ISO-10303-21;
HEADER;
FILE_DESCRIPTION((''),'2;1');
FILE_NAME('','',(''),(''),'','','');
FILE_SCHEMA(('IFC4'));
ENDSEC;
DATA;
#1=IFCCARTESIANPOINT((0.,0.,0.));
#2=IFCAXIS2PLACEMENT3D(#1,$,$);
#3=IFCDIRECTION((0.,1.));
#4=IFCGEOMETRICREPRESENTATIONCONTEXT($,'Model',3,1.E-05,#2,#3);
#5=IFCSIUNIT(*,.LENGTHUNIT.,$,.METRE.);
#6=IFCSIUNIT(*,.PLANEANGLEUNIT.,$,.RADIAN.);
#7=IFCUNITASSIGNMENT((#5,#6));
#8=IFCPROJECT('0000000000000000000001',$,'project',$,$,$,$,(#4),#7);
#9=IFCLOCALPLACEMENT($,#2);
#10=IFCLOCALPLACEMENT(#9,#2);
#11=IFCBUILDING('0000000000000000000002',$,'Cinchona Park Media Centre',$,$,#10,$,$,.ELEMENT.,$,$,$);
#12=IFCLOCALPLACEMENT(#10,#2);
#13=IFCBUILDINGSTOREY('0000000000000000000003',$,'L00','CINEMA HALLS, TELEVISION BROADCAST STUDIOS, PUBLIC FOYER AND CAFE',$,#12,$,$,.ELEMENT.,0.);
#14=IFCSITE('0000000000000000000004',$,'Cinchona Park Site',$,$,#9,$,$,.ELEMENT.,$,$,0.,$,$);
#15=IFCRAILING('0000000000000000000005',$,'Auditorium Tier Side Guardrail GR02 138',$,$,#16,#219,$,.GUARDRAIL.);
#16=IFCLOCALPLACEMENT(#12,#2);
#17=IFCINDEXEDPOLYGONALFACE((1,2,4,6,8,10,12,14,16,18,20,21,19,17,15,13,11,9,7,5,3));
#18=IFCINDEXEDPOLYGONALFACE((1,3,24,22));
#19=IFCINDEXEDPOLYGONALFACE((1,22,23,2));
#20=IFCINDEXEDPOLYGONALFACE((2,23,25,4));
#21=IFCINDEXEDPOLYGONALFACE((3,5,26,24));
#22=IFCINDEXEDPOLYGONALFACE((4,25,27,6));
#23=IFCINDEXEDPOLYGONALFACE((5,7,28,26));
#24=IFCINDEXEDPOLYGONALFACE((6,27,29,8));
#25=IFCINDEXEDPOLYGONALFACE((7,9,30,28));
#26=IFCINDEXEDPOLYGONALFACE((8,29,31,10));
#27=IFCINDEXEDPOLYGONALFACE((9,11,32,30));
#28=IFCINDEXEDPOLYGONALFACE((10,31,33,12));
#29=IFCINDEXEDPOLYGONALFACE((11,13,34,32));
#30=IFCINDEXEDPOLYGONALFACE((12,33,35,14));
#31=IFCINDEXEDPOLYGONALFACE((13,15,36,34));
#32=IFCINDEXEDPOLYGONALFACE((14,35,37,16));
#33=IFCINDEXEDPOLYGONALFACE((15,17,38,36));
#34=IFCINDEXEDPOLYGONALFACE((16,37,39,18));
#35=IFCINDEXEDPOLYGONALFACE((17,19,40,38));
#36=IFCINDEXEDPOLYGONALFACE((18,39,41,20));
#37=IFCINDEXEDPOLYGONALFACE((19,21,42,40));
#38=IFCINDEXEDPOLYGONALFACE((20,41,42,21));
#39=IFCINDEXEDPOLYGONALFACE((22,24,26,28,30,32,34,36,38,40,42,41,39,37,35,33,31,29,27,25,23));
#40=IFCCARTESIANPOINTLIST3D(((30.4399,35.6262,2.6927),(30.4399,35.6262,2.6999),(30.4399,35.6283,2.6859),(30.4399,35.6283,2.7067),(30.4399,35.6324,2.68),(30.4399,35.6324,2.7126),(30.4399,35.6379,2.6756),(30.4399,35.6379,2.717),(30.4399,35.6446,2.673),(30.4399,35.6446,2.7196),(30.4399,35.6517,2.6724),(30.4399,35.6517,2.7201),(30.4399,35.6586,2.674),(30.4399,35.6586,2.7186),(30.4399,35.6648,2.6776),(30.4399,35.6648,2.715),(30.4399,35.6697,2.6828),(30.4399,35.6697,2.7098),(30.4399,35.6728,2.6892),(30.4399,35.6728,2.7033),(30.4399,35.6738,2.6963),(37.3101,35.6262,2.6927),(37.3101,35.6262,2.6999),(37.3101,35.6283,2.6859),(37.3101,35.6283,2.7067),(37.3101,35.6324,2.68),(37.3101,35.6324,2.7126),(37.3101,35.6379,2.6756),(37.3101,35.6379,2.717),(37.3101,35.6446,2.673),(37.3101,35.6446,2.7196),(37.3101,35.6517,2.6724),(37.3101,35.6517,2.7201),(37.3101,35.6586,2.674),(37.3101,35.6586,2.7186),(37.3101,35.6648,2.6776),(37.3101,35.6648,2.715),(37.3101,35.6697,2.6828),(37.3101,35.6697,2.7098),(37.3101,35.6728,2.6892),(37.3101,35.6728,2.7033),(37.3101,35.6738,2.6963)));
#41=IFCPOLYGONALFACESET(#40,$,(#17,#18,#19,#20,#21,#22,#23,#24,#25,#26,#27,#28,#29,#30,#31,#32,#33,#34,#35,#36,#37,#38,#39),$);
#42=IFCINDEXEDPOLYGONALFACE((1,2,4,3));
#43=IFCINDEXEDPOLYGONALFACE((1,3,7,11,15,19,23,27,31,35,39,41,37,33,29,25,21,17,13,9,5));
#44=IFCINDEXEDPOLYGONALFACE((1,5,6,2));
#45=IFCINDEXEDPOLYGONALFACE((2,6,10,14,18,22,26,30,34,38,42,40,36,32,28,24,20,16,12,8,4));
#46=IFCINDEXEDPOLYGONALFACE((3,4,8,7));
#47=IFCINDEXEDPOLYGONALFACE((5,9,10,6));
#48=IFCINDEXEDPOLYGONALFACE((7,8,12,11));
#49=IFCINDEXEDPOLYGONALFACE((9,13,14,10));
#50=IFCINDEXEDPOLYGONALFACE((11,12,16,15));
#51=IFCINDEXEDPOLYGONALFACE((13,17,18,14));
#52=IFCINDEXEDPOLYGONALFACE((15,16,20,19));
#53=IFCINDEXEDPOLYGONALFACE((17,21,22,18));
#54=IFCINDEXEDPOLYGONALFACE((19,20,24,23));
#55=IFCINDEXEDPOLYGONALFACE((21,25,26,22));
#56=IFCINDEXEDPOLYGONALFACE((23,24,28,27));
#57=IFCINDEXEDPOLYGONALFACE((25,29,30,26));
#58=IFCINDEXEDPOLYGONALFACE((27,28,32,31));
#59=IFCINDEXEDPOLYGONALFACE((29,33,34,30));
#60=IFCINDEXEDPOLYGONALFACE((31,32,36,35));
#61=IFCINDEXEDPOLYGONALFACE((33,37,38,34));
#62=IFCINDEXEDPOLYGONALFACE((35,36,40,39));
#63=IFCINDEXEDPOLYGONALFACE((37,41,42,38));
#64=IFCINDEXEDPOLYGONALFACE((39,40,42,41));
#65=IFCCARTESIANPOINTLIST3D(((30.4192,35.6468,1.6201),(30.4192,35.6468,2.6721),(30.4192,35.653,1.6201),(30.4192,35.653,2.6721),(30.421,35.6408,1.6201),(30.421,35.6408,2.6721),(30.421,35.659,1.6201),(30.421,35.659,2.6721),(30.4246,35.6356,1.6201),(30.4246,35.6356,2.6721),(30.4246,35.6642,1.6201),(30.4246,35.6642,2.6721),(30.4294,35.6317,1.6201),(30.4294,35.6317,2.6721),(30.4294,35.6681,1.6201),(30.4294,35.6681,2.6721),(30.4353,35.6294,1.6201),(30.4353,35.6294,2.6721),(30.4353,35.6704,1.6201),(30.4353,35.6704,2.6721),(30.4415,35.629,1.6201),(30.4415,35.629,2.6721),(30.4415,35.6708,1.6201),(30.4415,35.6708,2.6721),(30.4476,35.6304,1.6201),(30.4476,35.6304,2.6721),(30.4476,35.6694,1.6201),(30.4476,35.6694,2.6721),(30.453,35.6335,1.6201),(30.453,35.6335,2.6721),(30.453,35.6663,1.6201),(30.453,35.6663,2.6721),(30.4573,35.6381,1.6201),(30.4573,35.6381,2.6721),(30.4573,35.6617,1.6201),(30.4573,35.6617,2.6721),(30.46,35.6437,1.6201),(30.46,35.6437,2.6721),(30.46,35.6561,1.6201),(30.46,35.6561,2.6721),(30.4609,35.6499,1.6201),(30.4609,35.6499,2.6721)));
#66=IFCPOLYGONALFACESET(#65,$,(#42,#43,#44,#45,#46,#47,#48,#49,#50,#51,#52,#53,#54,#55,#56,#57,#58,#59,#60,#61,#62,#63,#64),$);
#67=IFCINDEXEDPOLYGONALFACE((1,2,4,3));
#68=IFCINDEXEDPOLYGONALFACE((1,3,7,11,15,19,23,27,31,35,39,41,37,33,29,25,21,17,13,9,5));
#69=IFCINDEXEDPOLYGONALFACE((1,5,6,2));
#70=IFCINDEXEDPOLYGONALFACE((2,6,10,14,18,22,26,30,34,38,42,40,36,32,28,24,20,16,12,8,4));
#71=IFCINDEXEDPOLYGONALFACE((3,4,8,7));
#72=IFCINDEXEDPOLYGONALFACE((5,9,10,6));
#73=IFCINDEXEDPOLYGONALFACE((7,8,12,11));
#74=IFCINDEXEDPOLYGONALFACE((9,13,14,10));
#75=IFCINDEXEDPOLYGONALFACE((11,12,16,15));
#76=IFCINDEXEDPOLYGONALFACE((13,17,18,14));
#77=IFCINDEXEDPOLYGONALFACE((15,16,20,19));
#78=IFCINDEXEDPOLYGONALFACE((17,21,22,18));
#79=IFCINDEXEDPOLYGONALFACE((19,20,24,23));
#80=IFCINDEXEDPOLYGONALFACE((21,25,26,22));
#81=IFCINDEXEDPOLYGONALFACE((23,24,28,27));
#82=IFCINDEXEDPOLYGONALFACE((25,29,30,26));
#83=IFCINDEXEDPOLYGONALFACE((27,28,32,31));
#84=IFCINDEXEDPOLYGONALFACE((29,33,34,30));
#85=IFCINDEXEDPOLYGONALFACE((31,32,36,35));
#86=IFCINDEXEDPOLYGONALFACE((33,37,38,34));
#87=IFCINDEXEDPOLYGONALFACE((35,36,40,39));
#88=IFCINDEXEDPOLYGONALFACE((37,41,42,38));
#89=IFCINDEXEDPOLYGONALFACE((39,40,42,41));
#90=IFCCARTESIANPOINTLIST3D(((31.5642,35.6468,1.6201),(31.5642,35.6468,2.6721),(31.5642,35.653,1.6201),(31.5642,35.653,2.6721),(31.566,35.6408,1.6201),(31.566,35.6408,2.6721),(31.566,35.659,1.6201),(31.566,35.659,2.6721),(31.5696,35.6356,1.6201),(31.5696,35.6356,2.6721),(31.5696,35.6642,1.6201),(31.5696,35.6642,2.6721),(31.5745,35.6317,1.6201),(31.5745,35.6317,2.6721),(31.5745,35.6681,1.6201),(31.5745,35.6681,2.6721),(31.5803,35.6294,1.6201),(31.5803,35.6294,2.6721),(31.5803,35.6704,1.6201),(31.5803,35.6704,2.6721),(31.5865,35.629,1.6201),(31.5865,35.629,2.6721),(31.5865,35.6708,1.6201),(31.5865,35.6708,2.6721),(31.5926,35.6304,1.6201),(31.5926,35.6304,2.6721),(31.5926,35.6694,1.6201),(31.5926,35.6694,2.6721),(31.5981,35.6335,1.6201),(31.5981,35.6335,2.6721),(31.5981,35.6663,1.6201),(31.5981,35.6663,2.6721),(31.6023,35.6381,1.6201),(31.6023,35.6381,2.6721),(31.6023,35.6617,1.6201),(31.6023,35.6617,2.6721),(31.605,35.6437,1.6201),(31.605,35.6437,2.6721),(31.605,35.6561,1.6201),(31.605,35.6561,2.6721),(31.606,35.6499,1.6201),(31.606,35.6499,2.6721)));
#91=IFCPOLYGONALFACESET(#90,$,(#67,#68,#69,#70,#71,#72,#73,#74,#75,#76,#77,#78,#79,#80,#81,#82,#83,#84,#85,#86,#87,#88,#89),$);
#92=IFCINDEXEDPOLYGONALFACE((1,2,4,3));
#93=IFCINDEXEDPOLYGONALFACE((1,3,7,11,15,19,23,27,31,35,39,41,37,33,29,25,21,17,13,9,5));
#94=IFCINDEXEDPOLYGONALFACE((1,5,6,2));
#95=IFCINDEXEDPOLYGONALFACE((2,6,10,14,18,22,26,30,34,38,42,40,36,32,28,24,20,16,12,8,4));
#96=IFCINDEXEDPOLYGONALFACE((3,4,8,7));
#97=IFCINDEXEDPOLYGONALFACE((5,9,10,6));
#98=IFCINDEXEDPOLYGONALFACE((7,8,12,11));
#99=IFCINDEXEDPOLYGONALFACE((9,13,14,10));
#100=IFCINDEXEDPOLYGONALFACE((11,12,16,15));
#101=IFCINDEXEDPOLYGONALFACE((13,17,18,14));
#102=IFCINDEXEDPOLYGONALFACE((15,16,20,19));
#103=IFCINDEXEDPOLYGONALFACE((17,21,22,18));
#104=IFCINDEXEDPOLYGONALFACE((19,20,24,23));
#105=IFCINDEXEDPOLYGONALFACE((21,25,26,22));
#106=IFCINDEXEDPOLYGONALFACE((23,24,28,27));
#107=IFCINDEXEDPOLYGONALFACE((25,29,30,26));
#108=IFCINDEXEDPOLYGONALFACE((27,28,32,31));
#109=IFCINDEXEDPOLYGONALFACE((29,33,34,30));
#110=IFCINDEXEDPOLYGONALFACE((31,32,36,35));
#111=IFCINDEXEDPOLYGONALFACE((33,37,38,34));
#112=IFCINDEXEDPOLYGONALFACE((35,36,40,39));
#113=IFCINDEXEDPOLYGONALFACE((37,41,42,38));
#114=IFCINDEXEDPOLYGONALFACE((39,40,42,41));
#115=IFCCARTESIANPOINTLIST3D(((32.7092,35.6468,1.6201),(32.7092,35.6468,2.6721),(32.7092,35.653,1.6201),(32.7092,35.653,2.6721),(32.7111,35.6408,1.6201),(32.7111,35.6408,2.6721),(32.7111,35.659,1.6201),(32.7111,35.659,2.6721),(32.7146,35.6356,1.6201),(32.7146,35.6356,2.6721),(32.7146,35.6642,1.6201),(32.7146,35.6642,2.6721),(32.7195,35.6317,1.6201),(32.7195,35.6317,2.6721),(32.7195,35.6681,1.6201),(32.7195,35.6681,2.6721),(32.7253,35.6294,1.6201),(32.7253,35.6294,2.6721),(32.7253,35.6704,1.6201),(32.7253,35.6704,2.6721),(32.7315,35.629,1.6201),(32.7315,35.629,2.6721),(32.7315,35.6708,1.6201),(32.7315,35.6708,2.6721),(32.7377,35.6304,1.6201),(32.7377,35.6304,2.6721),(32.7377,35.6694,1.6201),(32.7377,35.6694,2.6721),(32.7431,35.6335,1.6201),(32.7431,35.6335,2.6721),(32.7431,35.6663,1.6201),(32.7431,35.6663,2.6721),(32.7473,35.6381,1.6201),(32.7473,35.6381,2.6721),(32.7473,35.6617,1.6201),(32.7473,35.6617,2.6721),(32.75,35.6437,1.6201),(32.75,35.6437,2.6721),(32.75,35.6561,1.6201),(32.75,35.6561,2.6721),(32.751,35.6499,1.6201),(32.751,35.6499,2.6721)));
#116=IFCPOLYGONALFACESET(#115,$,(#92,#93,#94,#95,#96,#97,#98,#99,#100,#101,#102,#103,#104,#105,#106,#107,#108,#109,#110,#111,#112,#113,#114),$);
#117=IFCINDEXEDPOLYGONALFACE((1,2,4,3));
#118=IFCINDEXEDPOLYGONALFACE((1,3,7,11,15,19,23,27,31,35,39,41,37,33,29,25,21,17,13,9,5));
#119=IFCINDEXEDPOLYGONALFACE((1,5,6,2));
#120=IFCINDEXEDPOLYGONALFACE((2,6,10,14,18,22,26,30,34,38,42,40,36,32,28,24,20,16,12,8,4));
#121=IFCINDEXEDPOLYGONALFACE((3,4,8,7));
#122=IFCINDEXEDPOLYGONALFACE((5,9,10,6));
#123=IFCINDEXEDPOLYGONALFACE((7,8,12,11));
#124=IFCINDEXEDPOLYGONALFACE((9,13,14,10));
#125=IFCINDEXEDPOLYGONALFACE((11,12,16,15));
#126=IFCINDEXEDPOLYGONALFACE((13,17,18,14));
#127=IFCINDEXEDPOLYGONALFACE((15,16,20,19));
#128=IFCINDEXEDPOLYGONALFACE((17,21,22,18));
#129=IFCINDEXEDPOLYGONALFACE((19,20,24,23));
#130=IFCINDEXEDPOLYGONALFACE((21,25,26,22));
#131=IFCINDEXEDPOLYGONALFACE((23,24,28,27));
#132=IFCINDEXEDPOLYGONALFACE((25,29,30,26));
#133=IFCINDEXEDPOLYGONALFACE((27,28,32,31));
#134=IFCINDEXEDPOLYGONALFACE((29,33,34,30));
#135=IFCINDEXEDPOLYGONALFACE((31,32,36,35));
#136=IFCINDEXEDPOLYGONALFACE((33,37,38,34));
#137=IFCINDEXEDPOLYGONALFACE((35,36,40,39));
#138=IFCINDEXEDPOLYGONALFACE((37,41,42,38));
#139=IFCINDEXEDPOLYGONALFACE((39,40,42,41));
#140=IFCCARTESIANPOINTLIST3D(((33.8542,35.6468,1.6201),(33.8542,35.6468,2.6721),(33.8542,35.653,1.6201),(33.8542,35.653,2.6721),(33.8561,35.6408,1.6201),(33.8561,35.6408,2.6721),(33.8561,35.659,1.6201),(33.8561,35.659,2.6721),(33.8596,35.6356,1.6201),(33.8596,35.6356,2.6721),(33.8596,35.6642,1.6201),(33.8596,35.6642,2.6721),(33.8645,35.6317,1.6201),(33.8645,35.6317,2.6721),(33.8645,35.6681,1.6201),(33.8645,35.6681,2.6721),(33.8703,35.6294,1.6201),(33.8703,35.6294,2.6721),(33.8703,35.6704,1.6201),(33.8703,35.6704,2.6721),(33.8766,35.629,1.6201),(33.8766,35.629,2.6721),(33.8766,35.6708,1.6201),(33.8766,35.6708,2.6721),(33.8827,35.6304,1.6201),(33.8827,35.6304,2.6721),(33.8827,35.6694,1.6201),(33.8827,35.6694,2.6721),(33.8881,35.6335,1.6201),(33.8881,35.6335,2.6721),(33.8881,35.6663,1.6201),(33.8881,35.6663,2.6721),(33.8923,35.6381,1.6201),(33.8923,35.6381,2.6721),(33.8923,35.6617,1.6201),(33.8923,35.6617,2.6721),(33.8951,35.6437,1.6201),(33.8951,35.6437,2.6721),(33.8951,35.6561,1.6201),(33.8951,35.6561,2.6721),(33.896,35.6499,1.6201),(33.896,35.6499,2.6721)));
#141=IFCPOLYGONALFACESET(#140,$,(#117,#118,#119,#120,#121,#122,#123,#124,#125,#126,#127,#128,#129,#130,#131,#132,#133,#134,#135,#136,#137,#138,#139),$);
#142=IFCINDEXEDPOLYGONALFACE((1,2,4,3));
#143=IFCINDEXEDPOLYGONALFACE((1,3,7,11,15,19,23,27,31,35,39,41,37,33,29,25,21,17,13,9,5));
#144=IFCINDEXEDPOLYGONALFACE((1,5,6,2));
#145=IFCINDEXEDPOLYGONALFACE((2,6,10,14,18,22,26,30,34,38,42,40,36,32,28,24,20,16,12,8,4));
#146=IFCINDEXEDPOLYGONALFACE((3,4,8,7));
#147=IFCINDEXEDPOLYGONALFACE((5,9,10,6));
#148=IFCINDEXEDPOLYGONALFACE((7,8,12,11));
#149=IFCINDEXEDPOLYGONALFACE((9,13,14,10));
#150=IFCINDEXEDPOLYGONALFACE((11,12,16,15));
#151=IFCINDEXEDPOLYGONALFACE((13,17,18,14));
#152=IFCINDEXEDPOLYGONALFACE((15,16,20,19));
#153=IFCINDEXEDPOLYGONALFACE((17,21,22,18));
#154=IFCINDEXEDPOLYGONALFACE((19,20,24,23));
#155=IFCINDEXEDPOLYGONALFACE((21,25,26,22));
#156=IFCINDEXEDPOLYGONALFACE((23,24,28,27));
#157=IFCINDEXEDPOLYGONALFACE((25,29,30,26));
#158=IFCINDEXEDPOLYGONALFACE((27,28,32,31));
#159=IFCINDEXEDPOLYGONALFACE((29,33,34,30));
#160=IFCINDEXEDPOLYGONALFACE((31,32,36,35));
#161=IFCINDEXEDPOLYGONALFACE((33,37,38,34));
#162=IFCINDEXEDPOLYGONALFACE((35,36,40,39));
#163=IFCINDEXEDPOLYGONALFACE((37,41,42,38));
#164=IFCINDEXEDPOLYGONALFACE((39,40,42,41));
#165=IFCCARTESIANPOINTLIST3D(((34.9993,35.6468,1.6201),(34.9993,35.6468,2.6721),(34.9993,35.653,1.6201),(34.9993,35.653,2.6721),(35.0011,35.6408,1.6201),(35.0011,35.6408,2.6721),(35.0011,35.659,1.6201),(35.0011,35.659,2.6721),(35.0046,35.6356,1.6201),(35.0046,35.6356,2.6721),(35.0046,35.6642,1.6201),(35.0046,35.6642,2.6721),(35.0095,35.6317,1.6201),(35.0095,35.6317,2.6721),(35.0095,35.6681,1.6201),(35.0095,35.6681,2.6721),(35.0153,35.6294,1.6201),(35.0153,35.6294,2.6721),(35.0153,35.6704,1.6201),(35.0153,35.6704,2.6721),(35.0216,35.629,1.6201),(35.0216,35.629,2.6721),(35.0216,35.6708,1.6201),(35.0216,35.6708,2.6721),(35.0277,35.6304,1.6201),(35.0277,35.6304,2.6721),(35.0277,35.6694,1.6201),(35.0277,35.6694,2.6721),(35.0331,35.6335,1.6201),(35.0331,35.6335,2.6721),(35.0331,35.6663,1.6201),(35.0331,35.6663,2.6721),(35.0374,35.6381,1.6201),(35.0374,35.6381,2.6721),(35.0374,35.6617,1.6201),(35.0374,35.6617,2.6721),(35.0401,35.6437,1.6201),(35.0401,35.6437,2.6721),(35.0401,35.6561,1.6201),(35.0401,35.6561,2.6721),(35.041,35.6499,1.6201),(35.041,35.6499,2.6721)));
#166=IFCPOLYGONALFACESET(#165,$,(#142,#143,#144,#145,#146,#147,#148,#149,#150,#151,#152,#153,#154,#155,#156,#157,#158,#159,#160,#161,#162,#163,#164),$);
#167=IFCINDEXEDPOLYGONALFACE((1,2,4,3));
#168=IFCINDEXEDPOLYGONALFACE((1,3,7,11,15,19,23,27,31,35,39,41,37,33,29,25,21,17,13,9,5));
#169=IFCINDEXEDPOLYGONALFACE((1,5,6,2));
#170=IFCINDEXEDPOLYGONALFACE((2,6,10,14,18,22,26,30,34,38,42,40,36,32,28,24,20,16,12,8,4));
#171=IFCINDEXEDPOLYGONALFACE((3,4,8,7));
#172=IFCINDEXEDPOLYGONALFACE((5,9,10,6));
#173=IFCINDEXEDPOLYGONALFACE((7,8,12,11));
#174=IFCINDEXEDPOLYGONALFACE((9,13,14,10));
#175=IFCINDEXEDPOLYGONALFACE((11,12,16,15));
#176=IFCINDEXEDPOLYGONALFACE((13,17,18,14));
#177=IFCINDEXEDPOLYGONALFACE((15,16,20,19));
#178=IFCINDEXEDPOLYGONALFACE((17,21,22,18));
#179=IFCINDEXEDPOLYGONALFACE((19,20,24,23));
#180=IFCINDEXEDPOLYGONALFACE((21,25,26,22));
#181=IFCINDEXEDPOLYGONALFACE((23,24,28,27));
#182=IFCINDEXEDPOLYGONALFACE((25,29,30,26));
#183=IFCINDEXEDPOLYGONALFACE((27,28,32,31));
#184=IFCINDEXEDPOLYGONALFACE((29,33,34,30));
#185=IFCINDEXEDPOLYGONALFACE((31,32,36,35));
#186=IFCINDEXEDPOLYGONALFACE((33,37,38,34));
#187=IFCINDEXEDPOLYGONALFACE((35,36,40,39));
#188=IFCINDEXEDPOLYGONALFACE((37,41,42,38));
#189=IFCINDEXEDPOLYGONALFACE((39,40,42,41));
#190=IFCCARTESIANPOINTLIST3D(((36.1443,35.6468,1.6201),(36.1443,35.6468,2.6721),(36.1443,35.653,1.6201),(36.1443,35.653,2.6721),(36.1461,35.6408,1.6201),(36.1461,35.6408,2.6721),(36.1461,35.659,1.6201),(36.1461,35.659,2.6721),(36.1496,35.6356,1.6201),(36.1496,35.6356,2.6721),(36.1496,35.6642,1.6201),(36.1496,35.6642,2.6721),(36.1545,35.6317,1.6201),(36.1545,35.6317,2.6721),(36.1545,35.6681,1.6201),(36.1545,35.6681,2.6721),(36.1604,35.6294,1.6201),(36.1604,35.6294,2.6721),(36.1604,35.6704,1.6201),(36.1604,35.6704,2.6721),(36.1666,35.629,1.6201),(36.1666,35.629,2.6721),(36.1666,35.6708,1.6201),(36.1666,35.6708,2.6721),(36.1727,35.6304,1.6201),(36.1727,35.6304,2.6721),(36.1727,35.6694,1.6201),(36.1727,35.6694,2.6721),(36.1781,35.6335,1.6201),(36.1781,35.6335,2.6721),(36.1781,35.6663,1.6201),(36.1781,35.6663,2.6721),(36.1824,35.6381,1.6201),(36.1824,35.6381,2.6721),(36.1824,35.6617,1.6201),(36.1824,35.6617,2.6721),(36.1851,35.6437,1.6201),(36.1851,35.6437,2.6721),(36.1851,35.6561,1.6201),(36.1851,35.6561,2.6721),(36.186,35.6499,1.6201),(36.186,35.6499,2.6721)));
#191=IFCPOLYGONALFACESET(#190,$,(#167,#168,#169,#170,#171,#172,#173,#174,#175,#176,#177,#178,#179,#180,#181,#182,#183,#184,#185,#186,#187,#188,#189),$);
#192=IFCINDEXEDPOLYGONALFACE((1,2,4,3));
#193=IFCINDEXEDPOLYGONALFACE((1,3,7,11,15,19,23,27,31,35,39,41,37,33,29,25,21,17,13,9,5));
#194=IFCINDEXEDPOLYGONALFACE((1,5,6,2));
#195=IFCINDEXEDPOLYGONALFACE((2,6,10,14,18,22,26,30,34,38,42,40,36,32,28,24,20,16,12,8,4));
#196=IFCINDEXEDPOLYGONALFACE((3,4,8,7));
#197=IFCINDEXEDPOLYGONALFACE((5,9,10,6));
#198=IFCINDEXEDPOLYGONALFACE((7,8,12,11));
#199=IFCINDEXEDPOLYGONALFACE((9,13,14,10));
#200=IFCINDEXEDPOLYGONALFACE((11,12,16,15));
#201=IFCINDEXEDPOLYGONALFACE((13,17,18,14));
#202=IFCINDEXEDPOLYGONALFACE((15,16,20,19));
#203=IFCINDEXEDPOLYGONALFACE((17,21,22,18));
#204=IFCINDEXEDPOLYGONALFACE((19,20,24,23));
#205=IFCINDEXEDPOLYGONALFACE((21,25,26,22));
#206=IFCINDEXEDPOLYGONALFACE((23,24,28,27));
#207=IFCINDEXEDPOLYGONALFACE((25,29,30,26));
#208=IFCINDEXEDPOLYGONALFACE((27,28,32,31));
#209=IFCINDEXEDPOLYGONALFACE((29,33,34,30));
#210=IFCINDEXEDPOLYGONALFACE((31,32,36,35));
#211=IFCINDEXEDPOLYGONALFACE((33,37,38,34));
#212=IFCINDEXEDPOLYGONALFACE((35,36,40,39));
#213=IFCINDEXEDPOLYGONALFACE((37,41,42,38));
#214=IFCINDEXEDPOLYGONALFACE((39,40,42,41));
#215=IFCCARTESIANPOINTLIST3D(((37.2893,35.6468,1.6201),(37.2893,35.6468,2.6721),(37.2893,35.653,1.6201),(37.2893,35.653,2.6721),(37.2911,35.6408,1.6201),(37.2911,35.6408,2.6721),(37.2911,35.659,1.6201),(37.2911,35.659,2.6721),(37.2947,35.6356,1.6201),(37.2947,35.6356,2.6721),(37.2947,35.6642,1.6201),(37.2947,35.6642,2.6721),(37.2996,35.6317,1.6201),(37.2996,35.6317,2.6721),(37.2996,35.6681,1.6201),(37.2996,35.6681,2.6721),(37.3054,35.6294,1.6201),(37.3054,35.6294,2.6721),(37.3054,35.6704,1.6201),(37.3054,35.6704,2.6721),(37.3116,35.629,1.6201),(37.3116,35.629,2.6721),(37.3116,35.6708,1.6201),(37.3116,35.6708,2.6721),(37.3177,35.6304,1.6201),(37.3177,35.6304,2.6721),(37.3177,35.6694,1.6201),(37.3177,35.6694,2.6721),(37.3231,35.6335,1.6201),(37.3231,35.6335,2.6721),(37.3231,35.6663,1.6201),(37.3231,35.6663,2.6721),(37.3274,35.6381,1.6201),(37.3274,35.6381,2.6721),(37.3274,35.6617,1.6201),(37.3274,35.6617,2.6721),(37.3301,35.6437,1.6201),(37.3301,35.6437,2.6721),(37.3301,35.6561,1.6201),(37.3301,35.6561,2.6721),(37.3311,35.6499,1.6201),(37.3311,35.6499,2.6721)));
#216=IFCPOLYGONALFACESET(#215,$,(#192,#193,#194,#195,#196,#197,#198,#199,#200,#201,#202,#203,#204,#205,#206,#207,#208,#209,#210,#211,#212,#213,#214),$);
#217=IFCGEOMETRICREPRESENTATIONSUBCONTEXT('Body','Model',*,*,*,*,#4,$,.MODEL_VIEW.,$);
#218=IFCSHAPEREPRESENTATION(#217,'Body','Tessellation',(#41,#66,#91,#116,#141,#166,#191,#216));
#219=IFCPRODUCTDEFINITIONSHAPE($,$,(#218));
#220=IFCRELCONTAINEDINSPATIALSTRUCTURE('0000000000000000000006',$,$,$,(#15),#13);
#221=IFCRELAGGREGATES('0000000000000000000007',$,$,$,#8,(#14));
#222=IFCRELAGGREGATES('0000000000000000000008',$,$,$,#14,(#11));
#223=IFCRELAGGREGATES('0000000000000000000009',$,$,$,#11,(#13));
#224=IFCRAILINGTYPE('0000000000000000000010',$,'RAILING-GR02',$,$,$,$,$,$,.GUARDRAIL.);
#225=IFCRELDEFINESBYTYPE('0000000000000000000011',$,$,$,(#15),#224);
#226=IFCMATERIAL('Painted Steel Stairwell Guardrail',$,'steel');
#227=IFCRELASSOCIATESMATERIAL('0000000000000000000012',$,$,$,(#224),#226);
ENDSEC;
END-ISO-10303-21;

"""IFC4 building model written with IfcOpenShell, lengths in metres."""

from ifc_helpers import new_model, si_unit, direction, frame, origin, origin_2d, place, context, subcontext, project, spatial, circle, extrude, material, type_object, element, save


model = new_model("IFC4")

# Units and contexts
model_context = context("Model", 3, precision=1e-05, world=origin(), true_north=direction((0.0, 1.0)))
body_context = subcontext(model_context, "Body", "Model", "MODEL_VIEW")
ifc_project = project(units=[si_unit("LENGTHUNIT", "METRE"), si_unit("PLANEANGLEUNIT", "RADIAN")], contexts=[model_context])

# Site, building, storey
site_placement = place(None, origin())
site = spatial("IfcSite", under=ifc_project, at=site_placement, Name="Cinchona Park Site", CompositionType="ELEMENT", RefElevation=0.0)
building_placement = place(site_placement, origin())
building = spatial("IfcBuilding", under=site, at=building_placement, Name="Cinchona Park Media Centre", CompositionType="ELEMENT")
storey_placement = place(building_placement, origin())
storey = spatial("IfcBuildingStorey", under=building, at=storey_placement, Name="L00", Description="CINEMA HALLS, TELEVISION BROADCAST STUDIOS, PUBLIC FOYER AND CAFE", CompositionType="ELEMENT", Elevation=0.0)

# Railing
ifc_material_1 = material(Name="Painted Steel Stairwell Guardrail", Category="steel")
railing_type_1 = type_object("IfcRailingType", Name="RAILING-GR02", PredefinedType="GUARDRAIL", material=ifc_material_1)
railing_1_placement = place(storey_placement, frame((30.4399, 35.6499, 1.6201)))
element("IfcRailing", 1, at=railing_1_placement, inside=storey, type_object=railing_type_1, Name="Auditorium Tier Side Guardrail GR02 138", PredefinedType="GUARDRAIL", context=body_context, shape_type="SweptSolid", body=[
    extrude(circle(Radius=0.0239, at=origin_2d()), frame((0.0, 0.0, 1.0762), z_axis=(1.0, 0.0, 0.0), x_axis=(0.0, 1.0, 0.0)), (0.0, 0.0, 1.0), 6.8701),
    extrude(circle(Radius=0.021, at=origin_2d()), origin(), (0.0, 0.0, 1.0), 1.052),
    extrude(circle(Radius=0.021, at=origin_2d()), frame((1.145, 0.0, 0.0)), (0.0, 0.0, 1.0), 1.052),
    extrude(circle(Radius=0.021, at=origin_2d()), frame((2.29, 0.0, 0.0)), (0.0, 0.0, 1.0), 1.052),
    extrude(circle(Radius=0.021, at=origin_2d()), frame((3.4351, 0.0, 0.0)), (0.0, 0.0, 1.0), 1.052),
    extrude(circle(Radius=0.021, at=origin_2d()), frame((4.5801, 0.0, 0.0)), (0.0, 0.0, 1.0), 1.052),
    extrude(circle(Radius=0.021, at=origin_2d()), frame((5.7251, 0.0, 0.0)), (0.0, 0.0, 1.0), 1.052),
    extrude(circle(Radius=0.021, at=origin_2d()), frame((6.8701, 0.0, 0.0)), (0.0, 0.0, 1.0), 1.052),
])

save(model, "model.ifc")
